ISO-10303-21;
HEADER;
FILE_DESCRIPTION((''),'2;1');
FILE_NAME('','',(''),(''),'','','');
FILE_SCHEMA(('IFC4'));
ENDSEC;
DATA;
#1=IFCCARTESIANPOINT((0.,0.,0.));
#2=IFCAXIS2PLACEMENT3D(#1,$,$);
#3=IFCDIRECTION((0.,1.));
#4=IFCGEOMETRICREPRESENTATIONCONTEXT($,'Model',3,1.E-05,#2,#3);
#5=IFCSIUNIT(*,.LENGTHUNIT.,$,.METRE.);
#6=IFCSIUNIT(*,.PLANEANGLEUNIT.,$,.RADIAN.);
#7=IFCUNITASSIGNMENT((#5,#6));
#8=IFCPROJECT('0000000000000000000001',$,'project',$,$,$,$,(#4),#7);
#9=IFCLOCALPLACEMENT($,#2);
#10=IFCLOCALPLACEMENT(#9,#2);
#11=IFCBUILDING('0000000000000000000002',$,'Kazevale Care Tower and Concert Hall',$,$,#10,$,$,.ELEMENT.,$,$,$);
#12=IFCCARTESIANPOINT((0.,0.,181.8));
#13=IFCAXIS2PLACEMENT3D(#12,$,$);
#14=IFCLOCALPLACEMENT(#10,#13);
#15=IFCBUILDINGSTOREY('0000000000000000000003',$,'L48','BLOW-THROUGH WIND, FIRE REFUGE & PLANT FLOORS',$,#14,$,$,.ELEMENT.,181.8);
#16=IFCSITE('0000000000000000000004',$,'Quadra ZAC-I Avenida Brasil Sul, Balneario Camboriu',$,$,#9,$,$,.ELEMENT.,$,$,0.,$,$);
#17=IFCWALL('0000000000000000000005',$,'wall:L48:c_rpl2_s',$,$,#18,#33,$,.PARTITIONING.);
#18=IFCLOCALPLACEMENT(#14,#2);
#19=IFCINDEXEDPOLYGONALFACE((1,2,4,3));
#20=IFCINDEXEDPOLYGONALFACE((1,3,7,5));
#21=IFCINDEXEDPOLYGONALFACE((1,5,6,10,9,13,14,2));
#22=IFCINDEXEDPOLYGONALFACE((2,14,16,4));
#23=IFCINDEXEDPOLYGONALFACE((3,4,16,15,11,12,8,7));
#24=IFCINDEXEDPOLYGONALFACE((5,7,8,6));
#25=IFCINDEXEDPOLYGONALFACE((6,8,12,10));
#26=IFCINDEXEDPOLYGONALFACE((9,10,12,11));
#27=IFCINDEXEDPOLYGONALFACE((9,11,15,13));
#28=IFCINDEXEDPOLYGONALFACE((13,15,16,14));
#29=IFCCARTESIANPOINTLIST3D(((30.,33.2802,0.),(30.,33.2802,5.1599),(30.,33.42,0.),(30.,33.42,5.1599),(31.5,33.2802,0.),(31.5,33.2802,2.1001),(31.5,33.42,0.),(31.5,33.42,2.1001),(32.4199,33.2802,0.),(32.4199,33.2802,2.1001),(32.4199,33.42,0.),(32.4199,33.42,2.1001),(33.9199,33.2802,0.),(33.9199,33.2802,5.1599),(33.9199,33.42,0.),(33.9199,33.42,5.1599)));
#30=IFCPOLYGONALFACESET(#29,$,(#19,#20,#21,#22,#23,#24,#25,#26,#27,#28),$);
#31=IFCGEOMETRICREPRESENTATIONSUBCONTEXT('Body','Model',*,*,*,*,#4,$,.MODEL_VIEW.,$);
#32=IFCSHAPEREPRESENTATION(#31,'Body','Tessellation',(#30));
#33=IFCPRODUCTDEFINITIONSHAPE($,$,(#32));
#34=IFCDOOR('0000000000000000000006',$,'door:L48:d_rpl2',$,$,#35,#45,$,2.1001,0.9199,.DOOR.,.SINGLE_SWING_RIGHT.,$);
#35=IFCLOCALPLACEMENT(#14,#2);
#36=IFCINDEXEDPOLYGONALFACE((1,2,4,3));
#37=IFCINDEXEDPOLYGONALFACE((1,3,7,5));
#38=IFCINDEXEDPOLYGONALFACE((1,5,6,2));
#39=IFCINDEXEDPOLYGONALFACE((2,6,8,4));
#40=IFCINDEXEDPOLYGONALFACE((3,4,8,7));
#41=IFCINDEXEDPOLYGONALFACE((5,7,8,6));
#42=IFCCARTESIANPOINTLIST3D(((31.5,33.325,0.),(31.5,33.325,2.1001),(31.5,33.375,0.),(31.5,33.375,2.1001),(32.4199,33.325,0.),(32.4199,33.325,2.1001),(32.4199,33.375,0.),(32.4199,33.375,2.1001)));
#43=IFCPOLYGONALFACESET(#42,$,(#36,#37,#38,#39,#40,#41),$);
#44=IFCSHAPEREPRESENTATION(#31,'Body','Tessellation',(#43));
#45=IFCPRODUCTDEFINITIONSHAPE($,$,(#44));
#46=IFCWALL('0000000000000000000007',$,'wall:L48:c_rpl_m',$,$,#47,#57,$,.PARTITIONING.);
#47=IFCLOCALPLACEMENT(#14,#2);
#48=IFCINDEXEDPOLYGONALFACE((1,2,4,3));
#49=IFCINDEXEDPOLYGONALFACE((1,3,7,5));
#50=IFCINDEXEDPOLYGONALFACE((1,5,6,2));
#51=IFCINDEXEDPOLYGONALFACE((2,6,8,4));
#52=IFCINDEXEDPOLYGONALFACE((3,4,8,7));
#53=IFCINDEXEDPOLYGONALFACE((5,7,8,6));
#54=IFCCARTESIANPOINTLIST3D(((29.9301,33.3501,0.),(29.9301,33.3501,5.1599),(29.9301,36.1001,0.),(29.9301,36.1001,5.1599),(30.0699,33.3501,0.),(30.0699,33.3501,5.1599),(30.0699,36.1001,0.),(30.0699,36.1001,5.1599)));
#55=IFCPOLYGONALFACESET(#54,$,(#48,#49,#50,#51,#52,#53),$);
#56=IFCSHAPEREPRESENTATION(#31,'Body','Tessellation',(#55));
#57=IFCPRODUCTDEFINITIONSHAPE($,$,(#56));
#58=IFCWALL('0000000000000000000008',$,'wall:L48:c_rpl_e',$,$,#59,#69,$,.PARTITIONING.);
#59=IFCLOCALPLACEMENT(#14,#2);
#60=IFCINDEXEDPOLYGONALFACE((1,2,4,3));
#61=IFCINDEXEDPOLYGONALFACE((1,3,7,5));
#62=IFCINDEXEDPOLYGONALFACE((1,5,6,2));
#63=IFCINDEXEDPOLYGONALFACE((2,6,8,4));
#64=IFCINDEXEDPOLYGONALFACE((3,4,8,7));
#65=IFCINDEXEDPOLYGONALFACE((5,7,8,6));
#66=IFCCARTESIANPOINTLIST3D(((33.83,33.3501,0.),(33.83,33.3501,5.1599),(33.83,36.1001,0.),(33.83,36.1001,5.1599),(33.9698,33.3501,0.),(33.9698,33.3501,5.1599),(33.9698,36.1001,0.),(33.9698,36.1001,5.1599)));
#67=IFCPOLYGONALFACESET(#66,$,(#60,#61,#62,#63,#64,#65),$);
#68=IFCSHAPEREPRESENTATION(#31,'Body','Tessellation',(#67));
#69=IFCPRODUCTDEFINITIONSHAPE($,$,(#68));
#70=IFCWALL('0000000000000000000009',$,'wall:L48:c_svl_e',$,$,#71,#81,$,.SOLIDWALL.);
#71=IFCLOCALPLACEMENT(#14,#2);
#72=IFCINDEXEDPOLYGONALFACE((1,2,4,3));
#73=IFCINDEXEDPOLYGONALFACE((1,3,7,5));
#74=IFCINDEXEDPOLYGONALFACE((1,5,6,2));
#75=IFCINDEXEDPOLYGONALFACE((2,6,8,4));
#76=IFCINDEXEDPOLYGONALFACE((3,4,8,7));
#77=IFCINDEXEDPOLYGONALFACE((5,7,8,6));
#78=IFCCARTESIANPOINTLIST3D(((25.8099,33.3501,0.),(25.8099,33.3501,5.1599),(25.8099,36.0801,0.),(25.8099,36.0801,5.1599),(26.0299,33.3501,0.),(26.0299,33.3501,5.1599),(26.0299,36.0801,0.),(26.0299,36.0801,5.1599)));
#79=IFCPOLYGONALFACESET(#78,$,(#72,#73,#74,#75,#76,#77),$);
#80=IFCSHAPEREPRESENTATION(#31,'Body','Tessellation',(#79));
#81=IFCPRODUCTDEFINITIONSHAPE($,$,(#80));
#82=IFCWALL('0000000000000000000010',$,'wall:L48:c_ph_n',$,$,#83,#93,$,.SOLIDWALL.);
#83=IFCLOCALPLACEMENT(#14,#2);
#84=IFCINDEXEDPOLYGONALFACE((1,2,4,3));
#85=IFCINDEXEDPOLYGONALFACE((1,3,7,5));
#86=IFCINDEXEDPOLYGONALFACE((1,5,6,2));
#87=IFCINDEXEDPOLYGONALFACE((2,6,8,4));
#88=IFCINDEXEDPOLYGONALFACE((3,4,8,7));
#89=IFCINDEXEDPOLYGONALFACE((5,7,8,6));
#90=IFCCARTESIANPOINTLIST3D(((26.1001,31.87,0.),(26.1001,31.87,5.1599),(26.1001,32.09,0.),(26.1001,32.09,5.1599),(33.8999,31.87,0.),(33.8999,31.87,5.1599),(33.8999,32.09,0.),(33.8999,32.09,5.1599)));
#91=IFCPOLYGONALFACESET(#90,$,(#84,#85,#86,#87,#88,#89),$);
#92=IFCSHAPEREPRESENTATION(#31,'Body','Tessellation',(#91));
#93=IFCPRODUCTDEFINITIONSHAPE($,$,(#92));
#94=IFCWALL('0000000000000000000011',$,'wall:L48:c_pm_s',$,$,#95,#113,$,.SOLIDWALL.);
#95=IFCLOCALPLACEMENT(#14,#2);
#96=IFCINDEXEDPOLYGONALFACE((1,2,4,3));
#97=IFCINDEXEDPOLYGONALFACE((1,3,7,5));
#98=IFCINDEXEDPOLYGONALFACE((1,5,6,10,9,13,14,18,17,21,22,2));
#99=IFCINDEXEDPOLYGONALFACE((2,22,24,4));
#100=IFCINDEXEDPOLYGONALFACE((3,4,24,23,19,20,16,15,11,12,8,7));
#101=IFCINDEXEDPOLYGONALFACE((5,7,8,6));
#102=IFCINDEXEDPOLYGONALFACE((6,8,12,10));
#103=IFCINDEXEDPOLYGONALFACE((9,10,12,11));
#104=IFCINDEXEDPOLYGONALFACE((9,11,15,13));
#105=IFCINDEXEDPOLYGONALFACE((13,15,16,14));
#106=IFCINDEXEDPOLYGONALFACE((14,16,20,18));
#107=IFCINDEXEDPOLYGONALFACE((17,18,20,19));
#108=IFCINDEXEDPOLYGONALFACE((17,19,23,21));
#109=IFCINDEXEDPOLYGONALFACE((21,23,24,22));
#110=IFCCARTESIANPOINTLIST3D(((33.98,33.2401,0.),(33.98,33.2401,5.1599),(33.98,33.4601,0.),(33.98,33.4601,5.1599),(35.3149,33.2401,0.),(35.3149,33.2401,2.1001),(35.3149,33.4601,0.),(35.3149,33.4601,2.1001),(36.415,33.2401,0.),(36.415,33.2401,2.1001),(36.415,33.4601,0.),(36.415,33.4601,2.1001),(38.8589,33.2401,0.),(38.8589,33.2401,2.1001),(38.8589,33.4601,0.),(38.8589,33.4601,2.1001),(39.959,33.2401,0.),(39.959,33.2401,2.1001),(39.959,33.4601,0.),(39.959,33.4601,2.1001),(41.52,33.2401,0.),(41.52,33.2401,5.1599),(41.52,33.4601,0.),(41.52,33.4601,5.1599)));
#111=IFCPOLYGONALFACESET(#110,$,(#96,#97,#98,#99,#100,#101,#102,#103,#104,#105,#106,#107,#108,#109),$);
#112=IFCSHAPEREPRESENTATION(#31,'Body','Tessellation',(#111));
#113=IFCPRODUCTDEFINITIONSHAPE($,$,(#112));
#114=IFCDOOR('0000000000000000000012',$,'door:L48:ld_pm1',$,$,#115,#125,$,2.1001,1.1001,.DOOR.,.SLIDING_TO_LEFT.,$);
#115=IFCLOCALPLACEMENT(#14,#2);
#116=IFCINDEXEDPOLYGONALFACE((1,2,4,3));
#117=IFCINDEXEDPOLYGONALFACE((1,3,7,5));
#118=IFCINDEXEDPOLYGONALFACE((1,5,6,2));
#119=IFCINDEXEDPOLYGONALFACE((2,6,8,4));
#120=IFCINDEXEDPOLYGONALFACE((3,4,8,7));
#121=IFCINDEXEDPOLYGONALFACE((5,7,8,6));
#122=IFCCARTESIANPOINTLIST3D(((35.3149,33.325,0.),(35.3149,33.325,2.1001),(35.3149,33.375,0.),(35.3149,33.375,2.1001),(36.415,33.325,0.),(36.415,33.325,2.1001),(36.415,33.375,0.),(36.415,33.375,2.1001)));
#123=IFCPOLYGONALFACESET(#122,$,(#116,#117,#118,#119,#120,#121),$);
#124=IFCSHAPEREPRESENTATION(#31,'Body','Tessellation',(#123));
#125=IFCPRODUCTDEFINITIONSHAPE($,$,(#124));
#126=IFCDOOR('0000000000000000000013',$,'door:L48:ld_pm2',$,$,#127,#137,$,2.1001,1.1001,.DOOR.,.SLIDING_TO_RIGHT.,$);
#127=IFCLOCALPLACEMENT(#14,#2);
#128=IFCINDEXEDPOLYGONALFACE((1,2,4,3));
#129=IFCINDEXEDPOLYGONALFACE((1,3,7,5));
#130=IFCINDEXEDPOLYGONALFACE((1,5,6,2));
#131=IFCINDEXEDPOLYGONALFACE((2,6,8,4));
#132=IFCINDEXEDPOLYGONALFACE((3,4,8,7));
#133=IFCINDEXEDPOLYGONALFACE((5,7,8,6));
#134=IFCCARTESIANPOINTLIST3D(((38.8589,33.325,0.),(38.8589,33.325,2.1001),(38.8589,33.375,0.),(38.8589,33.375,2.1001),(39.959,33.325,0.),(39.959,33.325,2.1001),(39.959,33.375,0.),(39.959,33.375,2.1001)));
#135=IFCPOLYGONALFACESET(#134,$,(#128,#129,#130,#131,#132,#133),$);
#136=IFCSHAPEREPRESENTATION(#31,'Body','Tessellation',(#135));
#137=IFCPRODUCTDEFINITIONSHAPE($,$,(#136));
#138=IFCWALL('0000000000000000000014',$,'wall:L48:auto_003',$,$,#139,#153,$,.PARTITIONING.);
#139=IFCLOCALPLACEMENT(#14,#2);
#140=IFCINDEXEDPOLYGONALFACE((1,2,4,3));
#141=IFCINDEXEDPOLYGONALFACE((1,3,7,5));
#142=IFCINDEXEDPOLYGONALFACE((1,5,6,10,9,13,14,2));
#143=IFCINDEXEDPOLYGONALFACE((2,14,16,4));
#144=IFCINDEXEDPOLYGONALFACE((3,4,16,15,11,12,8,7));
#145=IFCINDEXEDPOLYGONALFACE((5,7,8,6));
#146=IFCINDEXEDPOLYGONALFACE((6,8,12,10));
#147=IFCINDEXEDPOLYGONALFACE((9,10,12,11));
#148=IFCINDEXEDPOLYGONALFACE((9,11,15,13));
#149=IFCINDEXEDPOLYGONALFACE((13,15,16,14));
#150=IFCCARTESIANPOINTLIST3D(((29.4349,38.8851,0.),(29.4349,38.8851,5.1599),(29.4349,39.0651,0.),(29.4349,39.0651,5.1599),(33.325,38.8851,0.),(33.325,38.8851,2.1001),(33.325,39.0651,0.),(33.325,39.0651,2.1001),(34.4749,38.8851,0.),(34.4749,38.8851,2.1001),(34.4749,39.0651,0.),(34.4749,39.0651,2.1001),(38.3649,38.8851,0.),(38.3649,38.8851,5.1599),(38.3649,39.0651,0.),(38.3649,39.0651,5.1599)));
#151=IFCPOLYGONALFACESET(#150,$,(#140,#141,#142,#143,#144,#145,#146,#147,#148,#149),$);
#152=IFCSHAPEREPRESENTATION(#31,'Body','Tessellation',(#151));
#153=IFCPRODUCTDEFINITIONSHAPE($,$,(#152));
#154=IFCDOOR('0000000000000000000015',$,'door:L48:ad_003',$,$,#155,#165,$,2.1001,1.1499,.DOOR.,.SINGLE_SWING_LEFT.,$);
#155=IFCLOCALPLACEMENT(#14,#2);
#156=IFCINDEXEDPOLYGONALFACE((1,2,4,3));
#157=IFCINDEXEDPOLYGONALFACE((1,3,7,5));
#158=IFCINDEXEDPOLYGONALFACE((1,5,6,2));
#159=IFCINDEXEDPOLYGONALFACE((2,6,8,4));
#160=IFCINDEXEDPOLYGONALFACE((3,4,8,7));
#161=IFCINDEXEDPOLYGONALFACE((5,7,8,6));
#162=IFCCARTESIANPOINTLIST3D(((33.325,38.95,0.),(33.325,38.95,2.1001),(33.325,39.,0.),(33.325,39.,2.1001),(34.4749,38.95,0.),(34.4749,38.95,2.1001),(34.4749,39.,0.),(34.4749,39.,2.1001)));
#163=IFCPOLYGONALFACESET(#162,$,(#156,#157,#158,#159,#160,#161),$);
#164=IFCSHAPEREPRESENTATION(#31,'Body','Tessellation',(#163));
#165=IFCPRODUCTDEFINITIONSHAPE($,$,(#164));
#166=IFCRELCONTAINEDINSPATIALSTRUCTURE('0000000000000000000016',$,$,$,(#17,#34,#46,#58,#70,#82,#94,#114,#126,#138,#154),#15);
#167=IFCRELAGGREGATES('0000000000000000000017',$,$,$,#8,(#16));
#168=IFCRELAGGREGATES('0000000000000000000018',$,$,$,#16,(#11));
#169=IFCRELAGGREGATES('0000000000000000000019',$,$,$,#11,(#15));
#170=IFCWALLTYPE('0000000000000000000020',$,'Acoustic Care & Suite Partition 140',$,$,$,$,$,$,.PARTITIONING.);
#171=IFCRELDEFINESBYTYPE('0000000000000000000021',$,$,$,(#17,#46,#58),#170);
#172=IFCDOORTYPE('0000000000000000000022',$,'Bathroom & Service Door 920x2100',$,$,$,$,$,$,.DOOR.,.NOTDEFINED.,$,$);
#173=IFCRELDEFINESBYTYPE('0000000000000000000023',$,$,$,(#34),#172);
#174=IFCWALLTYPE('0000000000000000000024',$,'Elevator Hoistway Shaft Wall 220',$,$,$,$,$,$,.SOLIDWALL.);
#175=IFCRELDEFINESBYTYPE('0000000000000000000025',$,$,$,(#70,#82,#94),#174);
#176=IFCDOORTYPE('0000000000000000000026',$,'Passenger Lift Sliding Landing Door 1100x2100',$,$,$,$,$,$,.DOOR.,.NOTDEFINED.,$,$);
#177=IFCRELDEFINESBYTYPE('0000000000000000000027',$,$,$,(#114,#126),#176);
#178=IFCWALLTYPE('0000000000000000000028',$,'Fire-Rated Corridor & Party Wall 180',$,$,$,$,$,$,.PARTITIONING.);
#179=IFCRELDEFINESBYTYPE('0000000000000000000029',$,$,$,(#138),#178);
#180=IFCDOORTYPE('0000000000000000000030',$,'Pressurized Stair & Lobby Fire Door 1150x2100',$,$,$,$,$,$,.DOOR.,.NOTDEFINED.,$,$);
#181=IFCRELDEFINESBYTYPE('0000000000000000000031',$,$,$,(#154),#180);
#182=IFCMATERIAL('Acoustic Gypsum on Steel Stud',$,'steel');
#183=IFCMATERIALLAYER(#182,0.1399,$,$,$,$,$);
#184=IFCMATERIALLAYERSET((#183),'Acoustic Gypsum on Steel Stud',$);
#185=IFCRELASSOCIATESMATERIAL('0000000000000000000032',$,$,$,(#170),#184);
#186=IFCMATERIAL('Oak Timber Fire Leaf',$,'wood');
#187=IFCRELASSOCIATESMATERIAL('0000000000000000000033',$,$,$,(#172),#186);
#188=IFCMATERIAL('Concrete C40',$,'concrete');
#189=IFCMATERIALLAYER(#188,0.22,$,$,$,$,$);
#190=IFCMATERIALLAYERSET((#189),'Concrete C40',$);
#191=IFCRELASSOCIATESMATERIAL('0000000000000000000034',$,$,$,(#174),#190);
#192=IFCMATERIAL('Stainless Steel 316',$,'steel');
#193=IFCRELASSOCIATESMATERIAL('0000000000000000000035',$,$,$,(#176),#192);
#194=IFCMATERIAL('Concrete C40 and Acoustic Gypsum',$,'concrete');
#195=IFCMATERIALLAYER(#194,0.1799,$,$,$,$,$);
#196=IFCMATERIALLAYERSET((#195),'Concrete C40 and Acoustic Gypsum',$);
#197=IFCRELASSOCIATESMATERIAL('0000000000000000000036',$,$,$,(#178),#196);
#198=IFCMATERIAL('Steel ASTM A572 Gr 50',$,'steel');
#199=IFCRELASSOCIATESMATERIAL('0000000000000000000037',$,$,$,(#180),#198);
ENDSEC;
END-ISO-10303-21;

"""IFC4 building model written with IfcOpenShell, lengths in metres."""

from ifc_helpers import new_model, si_unit, direction, frame, frame_2d, origin, place, context, subcontext, project, spatial, rectangle, extrude, material, layer, layer_set, type_object, element, fill, save


model = new_model("IFC4")

# Units and contexts
model_context = context("Model", 3, precision=1e-05, world=origin(), true_north=direction((0.0, 1.0)))
body_context = subcontext(model_context, "Body", "Model", "MODEL_VIEW")
ifc_project = project(units=[si_unit("LENGTHUNIT", "METRE"), si_unit("PLANEANGLEUNIT", "RADIAN")], contexts=[model_context])

# Site, building, storey
site_placement = place(None, origin())
site = spatial("IfcSite", under=ifc_project, at=site_placement, Name="Quadra ZAC-I Avenida Brasil Sul, Balneario Camboriu", CompositionType="ELEMENT", RefElevation=0.0)
building_placement = place(site_placement, origin())
building = spatial("IfcBuilding", under=site, at=building_placement, Name="Kazevale Care Tower and Concert Hall", CompositionType="ELEMENT")
storey_placement = place(building_placement, frame((0.0, 0.0, 181.8)))
storey = spatial("IfcBuildingStorey", under=building, at=storey_placement, Name="L48", Description="BLOW-THROUGH WIND, FIRE REFUGE & PLANT FLOORS", CompositionType="ELEMENT", Elevation=181.8)

# Shared definitions
ifc_material_1 = material(Name="Steel ASTM A572 Gr 50", Category="steel")

# Wall, opening, door
ifc_material_2 = material(Name="Acoustic Gypsum on Steel Stud", Category="steel")
ifc_layer_1 = layer(ifc_material_2, 0.1399)
ifc_layer_set_1 = layer_set([ifc_layer_1], Name="Acoustic Gypsum on Steel Stud")
wall_type_1 = type_object("IfcWallType", Name="Acoustic Care & Suite Partition 140", PredefinedType="PARTITIONING", material=ifc_layer_set_1)
ifc_material_3 = material(Name="Oak Timber Fire Leaf", Category="wood")
door_type_1 = type_object("IfcDoorType", Name="Bathroom & Service Door 920x2100", OperationType="NOTDEFINED", PredefinedType="DOOR", material=ifc_material_3)
wall_1_placement = place(storey_placement, frame((30.0, 33.3501, 0.0), z_axis=(0.0, 0.0, 1.0), x_axis=(1.0, 0.0, 0.0)))
wall_1 = element("IfcWall", 1, at=wall_1_placement, inside=storey, type_object=wall_type_1, Name="wall:L48:c_rpl2_s", PredefinedType="PARTITIONING", context=body_context, shape_type="SweptSolid", body=[
    extrude(rectangle(XDim=3.9199, YDim=0.1399, at=frame_2d((1.96, 0.0))), origin(), (0.0, 0.0, 1.0), 5.1599),
])
opening_1_placement = place(wall_1_placement, frame((1.5, 0.0, 0.0)))
opening_1 = element("IfcOpeningElement", 2, at=opening_1_placement, cuts=wall_1, PredefinedType="OPENING", context=body_context, shape_type="SweptSolid", body=[
    extrude(rectangle(XDim=0.9199, YDim=2.1001, at=frame_2d((0.46, 1.05))), frame((0.0, 0.0798, 0.0), z_axis=(0.0, -1.0, 0.0), x_axis=(1.0, 0.0, 0.0)), (0.0, 0.0, 1.0), 0.1599),
])
door_1_placement = place(opening_1_placement, origin())
door_1 = element("IfcDoor", 3, at=door_1_placement, inside=storey, type_object=door_type_1, Name="door:L48:d_rpl2", OperationType="SINGLE_SWING_RIGHT", OverallHeight=2.1001, OverallWidth=0.9199, PredefinedType="DOOR", context=body_context, shape_type="SweptSolid", body=[
    extrude(rectangle(XDim=0.9199, YDim=2.1001, at=frame_2d((0.46, 1.05))), frame((0.0, 0.0249, 0.0), z_axis=(0.0, -1.0, 0.0), x_axis=(1.0, 0.0, 0.0)), (0.0, 0.0, 1.0), 0.05),
])
fill(opening_1, door_1)

# Walls
for number, where, z_axis, x_axis, name in (
    (4, (30.0, 33.3501, 0.0), (0.0, 0.0, 1.0), (0.0, 1.0, 0.0), "wall:L48:c_rpl_m"),
    (5, (33.8999, 33.3501, 0.0), (0.0, 0.0, 1.0), (0.0, 1.0, 0.0), "wall:L48:c_rpl_e"),
):
    element("IfcWall", number, at=place(storey_placement, frame(where, z_axis=z_axis, x_axis=x_axis)), inside=storey, type_object=wall_type_1, Name=name, PredefinedType="PARTITIONING", context=body_context, shape_type="SweptSolid", body=[
        extrude(rectangle(XDim=2.75, YDim=0.1399, at=frame_2d((1.375, 0.0))), origin(), (0.0, 0.0, 1.0), 5.1599),
    ])
ifc_material_4 = material(Name="Concrete C40", Category="concrete")
ifc_layer_2 = layer(ifc_material_4, 0.22)
ifc_layer_set_2 = layer_set([ifc_layer_2], Name="Concrete C40")
wall_type_2 = type_object("IfcWallType", Name="Elevator Hoistway Shaft Wall 220", PredefinedType="SOLIDWALL", material=ifc_layer_set_2)
wall_2_placement = place(storey_placement, frame((25.9199, 33.3501, 0.0), z_axis=(0.0, 0.0, 1.0), x_axis=(0.0, 1.0, 0.0)))
element("IfcWall", 6, at=wall_2_placement, inside=storey, type_object=wall_type_2, Name="wall:L48:c_svl_e", PredefinedType="SOLIDWALL", context=body_context, shape_type="SweptSolid", body=[
    extrude(rectangle(XDim=2.73, YDim=0.22, at=frame_2d((1.365, 0.0))), origin(), (0.0, 0.0, 1.0), 5.1599),
])
wall_3_placement = place(storey_placement, frame((26.1001, 31.98, 0.0), z_axis=(0.0, 0.0, 1.0), x_axis=(1.0, 0.0, 0.0)))
element("IfcWall", 7, at=wall_3_placement, inside=storey, type_object=wall_type_2, Name="wall:L48:c_ph_n", PredefinedType="SOLIDWALL", context=body_context, shape_type="SweptSolid", body=[
    extrude(rectangle(XDim=7.7998, YDim=0.22, at=frame_2d((3.8999, 0.0))), origin(), (0.0, 0.0, 1.0), 5.1599),
])

# Wall, openings, doors
wall_4_placement = place(storey_placement, frame((33.98, 33.3501, 0.0), z_axis=(0.0, 0.0, 1.0), x_axis=(1.0, 0.0, 0.0)))
wall_4 = element("IfcWall", 8, at=wall_4_placement, inside=storey, type_object=wall_type_2, Name="wall:L48:c_pm_s", PredefinedType="SOLIDWALL", context=body_context, shape_type="SweptSolid", body=[
    extrude(rectangle(XDim=7.54, YDim=0.22, at=frame_2d((3.77, 0.0))), origin(), (0.0, 0.0, 1.0), 5.1599),
])
opening_2_placement = place(wall_4_placement, frame((1.335, 0.0, 0.0)))
opening_2 = element("IfcOpeningElement", 9, at=opening_2_placement, cuts=wall_4, PredefinedType="OPENING", context=body_context, shape_type="SweptSolid", body=[
    extrude(rectangle(XDim=1.1001, YDim=2.1001, at=frame_2d((0.55, 1.05))), frame((0.0, 0.1199, 0.0), z_axis=(0.0, -1.0, 0.0), x_axis=(1.0, 0.0, 0.0)), (0.0, 0.0, 1.0), 0.24),
])
opening_3_placement = place(wall_4_placement, frame((4.8789, 0.0, 0.0)))
opening_3 = element("IfcOpeningElement", 10, at=opening_3_placement, cuts=wall_4, PredefinedType="OPENING", context=body_context, shape_type="SweptSolid", body=[
    extrude(rectangle(XDim=1.1001, YDim=2.1001, at=frame_2d((0.55, 1.05))), frame((0.0, 0.1199, 0.0), z_axis=(0.0, -1.0, 0.0), x_axis=(1.0, 0.0, 0.0)), (0.0, 0.0, 1.0), 0.24),
])
ifc_material_5 = material(Name="Stainless Steel 316", Category="steel")
door_type_2 = type_object("IfcDoorType", Name="Passenger Lift Sliding Landing Door 1100x2100", OperationType="NOTDEFINED", PredefinedType="DOOR", material=ifc_material_5)
door_2_placement = place(opening_2_placement, origin())
door_2 = element("IfcDoor", 11, at=door_2_placement, inside=storey, type_object=door_type_2, Name="door:L48:ld_pm1", OperationType="SLIDING_TO_LEFT", OverallHeight=2.1001, OverallWidth=1.1001, PredefinedType="DOOR", context=body_context, shape_type="SweptSolid", body=[
    extrude(rectangle(XDim=1.1001, YDim=2.1001, at=frame_2d((0.55, 1.05))), frame((0.0, 0.0249, 0.0), z_axis=(0.0, -1.0, 0.0), x_axis=(1.0, 0.0, 0.0)), (0.0, 0.0, 1.0), 0.05),
])
fill(opening_2, door_2)
door_3_placement = place(opening_3_placement, origin())
door_3 = element("IfcDoor", 12, at=door_3_placement, inside=storey, type_object=door_type_2, Name="door:L48:ld_pm2", OperationType="SLIDING_TO_RIGHT", OverallHeight=2.1001, OverallWidth=1.1001, PredefinedType="DOOR", context=body_context, shape_type="SweptSolid", body=[
    extrude(rectangle(XDim=1.1001, YDim=2.1001, at=frame_2d((0.55, 1.05))), frame((0.0, 0.0249, 0.0), z_axis=(0.0, -1.0, 0.0), x_axis=(1.0, 0.0, 0.0)), (0.0, 0.0, 1.0), 0.05),
])
fill(opening_3, door_3)

# Wall, opening, door
ifc_material_6 = material(Name="Concrete C40 and Acoustic Gypsum", Category="concrete")
ifc_layer_3 = layer(ifc_material_6, 0.1799)
ifc_layer_set_3 = layer_set([ifc_layer_3], Name="Concrete C40 and Acoustic Gypsum")
wall_type_3 = type_object("IfcWallType", Name="Fire-Rated Corridor & Party Wall 180", PredefinedType="PARTITIONING", material=ifc_layer_set_3)
wall_5_placement = place(storey_placement, frame((29.4351, 38.9751, 0.0), z_axis=(0.0, 0.0, 1.0), x_axis=(1.0, 0.0, 0.0)))
wall_5 = element("IfcWall", 13, at=wall_5_placement, inside=storey, type_object=wall_type_3, Name="wall:L48:auto_003", PredefinedType="PARTITIONING", context=body_context, shape_type="SweptSolid", body=[
    extrude(rectangle(XDim=8.9299, YDim=0.1799, at=frame_2d((4.4648, 0.0))), origin(), (0.0, 0.0, 1.0), 5.1599),
])
opening_4_placement = place(wall_5_placement, frame((3.8899, 0.0, 0.0)))
opening_4 = element("IfcOpeningElement", 14, at=opening_4_placement, cuts=wall_5, PredefinedType="OPENING", context=body_context, shape_type="SweptSolid", body=[
    extrude(rectangle(XDim=1.1499, YDim=2.1001, at=frame_2d((0.575, 1.05))), frame((0.0, 0.0999, 0.0), z_axis=(0.0, -1.0, 0.0), x_axis=(1.0, 0.0, 0.0)), (0.0, 0.0, 1.0), 0.2),
])
door_type_3 = type_object("IfcDoorType", Name="Pressurized Stair & Lobby Fire Door 1150x2100", OperationType="NOTDEFINED", PredefinedType="DOOR", material=ifc_material_1)
door_4_placement = place(opening_4_placement, origin())
door_4 = element("IfcDoor", 15, at=door_4_placement, inside=storey, type_object=door_type_3, Name="door:L48:ad_003", OperationType="SINGLE_SWING_LEFT", OverallHeight=2.1001, OverallWidth=1.1499, PredefinedType="DOOR", context=body_context, shape_type="SweptSolid", body=[
    extrude(rectangle(XDim=1.1499, YDim=2.1001, at=frame_2d((0.575, 1.05))), frame((0.0, 0.0249, 0.0), z_axis=(0.0, -1.0, 0.0), x_axis=(1.0, 0.0, 0.0)), (0.0, 0.0, 1.0), 0.05),
])
fill(opening_4, door_4)

save(model, "model.ifc")
